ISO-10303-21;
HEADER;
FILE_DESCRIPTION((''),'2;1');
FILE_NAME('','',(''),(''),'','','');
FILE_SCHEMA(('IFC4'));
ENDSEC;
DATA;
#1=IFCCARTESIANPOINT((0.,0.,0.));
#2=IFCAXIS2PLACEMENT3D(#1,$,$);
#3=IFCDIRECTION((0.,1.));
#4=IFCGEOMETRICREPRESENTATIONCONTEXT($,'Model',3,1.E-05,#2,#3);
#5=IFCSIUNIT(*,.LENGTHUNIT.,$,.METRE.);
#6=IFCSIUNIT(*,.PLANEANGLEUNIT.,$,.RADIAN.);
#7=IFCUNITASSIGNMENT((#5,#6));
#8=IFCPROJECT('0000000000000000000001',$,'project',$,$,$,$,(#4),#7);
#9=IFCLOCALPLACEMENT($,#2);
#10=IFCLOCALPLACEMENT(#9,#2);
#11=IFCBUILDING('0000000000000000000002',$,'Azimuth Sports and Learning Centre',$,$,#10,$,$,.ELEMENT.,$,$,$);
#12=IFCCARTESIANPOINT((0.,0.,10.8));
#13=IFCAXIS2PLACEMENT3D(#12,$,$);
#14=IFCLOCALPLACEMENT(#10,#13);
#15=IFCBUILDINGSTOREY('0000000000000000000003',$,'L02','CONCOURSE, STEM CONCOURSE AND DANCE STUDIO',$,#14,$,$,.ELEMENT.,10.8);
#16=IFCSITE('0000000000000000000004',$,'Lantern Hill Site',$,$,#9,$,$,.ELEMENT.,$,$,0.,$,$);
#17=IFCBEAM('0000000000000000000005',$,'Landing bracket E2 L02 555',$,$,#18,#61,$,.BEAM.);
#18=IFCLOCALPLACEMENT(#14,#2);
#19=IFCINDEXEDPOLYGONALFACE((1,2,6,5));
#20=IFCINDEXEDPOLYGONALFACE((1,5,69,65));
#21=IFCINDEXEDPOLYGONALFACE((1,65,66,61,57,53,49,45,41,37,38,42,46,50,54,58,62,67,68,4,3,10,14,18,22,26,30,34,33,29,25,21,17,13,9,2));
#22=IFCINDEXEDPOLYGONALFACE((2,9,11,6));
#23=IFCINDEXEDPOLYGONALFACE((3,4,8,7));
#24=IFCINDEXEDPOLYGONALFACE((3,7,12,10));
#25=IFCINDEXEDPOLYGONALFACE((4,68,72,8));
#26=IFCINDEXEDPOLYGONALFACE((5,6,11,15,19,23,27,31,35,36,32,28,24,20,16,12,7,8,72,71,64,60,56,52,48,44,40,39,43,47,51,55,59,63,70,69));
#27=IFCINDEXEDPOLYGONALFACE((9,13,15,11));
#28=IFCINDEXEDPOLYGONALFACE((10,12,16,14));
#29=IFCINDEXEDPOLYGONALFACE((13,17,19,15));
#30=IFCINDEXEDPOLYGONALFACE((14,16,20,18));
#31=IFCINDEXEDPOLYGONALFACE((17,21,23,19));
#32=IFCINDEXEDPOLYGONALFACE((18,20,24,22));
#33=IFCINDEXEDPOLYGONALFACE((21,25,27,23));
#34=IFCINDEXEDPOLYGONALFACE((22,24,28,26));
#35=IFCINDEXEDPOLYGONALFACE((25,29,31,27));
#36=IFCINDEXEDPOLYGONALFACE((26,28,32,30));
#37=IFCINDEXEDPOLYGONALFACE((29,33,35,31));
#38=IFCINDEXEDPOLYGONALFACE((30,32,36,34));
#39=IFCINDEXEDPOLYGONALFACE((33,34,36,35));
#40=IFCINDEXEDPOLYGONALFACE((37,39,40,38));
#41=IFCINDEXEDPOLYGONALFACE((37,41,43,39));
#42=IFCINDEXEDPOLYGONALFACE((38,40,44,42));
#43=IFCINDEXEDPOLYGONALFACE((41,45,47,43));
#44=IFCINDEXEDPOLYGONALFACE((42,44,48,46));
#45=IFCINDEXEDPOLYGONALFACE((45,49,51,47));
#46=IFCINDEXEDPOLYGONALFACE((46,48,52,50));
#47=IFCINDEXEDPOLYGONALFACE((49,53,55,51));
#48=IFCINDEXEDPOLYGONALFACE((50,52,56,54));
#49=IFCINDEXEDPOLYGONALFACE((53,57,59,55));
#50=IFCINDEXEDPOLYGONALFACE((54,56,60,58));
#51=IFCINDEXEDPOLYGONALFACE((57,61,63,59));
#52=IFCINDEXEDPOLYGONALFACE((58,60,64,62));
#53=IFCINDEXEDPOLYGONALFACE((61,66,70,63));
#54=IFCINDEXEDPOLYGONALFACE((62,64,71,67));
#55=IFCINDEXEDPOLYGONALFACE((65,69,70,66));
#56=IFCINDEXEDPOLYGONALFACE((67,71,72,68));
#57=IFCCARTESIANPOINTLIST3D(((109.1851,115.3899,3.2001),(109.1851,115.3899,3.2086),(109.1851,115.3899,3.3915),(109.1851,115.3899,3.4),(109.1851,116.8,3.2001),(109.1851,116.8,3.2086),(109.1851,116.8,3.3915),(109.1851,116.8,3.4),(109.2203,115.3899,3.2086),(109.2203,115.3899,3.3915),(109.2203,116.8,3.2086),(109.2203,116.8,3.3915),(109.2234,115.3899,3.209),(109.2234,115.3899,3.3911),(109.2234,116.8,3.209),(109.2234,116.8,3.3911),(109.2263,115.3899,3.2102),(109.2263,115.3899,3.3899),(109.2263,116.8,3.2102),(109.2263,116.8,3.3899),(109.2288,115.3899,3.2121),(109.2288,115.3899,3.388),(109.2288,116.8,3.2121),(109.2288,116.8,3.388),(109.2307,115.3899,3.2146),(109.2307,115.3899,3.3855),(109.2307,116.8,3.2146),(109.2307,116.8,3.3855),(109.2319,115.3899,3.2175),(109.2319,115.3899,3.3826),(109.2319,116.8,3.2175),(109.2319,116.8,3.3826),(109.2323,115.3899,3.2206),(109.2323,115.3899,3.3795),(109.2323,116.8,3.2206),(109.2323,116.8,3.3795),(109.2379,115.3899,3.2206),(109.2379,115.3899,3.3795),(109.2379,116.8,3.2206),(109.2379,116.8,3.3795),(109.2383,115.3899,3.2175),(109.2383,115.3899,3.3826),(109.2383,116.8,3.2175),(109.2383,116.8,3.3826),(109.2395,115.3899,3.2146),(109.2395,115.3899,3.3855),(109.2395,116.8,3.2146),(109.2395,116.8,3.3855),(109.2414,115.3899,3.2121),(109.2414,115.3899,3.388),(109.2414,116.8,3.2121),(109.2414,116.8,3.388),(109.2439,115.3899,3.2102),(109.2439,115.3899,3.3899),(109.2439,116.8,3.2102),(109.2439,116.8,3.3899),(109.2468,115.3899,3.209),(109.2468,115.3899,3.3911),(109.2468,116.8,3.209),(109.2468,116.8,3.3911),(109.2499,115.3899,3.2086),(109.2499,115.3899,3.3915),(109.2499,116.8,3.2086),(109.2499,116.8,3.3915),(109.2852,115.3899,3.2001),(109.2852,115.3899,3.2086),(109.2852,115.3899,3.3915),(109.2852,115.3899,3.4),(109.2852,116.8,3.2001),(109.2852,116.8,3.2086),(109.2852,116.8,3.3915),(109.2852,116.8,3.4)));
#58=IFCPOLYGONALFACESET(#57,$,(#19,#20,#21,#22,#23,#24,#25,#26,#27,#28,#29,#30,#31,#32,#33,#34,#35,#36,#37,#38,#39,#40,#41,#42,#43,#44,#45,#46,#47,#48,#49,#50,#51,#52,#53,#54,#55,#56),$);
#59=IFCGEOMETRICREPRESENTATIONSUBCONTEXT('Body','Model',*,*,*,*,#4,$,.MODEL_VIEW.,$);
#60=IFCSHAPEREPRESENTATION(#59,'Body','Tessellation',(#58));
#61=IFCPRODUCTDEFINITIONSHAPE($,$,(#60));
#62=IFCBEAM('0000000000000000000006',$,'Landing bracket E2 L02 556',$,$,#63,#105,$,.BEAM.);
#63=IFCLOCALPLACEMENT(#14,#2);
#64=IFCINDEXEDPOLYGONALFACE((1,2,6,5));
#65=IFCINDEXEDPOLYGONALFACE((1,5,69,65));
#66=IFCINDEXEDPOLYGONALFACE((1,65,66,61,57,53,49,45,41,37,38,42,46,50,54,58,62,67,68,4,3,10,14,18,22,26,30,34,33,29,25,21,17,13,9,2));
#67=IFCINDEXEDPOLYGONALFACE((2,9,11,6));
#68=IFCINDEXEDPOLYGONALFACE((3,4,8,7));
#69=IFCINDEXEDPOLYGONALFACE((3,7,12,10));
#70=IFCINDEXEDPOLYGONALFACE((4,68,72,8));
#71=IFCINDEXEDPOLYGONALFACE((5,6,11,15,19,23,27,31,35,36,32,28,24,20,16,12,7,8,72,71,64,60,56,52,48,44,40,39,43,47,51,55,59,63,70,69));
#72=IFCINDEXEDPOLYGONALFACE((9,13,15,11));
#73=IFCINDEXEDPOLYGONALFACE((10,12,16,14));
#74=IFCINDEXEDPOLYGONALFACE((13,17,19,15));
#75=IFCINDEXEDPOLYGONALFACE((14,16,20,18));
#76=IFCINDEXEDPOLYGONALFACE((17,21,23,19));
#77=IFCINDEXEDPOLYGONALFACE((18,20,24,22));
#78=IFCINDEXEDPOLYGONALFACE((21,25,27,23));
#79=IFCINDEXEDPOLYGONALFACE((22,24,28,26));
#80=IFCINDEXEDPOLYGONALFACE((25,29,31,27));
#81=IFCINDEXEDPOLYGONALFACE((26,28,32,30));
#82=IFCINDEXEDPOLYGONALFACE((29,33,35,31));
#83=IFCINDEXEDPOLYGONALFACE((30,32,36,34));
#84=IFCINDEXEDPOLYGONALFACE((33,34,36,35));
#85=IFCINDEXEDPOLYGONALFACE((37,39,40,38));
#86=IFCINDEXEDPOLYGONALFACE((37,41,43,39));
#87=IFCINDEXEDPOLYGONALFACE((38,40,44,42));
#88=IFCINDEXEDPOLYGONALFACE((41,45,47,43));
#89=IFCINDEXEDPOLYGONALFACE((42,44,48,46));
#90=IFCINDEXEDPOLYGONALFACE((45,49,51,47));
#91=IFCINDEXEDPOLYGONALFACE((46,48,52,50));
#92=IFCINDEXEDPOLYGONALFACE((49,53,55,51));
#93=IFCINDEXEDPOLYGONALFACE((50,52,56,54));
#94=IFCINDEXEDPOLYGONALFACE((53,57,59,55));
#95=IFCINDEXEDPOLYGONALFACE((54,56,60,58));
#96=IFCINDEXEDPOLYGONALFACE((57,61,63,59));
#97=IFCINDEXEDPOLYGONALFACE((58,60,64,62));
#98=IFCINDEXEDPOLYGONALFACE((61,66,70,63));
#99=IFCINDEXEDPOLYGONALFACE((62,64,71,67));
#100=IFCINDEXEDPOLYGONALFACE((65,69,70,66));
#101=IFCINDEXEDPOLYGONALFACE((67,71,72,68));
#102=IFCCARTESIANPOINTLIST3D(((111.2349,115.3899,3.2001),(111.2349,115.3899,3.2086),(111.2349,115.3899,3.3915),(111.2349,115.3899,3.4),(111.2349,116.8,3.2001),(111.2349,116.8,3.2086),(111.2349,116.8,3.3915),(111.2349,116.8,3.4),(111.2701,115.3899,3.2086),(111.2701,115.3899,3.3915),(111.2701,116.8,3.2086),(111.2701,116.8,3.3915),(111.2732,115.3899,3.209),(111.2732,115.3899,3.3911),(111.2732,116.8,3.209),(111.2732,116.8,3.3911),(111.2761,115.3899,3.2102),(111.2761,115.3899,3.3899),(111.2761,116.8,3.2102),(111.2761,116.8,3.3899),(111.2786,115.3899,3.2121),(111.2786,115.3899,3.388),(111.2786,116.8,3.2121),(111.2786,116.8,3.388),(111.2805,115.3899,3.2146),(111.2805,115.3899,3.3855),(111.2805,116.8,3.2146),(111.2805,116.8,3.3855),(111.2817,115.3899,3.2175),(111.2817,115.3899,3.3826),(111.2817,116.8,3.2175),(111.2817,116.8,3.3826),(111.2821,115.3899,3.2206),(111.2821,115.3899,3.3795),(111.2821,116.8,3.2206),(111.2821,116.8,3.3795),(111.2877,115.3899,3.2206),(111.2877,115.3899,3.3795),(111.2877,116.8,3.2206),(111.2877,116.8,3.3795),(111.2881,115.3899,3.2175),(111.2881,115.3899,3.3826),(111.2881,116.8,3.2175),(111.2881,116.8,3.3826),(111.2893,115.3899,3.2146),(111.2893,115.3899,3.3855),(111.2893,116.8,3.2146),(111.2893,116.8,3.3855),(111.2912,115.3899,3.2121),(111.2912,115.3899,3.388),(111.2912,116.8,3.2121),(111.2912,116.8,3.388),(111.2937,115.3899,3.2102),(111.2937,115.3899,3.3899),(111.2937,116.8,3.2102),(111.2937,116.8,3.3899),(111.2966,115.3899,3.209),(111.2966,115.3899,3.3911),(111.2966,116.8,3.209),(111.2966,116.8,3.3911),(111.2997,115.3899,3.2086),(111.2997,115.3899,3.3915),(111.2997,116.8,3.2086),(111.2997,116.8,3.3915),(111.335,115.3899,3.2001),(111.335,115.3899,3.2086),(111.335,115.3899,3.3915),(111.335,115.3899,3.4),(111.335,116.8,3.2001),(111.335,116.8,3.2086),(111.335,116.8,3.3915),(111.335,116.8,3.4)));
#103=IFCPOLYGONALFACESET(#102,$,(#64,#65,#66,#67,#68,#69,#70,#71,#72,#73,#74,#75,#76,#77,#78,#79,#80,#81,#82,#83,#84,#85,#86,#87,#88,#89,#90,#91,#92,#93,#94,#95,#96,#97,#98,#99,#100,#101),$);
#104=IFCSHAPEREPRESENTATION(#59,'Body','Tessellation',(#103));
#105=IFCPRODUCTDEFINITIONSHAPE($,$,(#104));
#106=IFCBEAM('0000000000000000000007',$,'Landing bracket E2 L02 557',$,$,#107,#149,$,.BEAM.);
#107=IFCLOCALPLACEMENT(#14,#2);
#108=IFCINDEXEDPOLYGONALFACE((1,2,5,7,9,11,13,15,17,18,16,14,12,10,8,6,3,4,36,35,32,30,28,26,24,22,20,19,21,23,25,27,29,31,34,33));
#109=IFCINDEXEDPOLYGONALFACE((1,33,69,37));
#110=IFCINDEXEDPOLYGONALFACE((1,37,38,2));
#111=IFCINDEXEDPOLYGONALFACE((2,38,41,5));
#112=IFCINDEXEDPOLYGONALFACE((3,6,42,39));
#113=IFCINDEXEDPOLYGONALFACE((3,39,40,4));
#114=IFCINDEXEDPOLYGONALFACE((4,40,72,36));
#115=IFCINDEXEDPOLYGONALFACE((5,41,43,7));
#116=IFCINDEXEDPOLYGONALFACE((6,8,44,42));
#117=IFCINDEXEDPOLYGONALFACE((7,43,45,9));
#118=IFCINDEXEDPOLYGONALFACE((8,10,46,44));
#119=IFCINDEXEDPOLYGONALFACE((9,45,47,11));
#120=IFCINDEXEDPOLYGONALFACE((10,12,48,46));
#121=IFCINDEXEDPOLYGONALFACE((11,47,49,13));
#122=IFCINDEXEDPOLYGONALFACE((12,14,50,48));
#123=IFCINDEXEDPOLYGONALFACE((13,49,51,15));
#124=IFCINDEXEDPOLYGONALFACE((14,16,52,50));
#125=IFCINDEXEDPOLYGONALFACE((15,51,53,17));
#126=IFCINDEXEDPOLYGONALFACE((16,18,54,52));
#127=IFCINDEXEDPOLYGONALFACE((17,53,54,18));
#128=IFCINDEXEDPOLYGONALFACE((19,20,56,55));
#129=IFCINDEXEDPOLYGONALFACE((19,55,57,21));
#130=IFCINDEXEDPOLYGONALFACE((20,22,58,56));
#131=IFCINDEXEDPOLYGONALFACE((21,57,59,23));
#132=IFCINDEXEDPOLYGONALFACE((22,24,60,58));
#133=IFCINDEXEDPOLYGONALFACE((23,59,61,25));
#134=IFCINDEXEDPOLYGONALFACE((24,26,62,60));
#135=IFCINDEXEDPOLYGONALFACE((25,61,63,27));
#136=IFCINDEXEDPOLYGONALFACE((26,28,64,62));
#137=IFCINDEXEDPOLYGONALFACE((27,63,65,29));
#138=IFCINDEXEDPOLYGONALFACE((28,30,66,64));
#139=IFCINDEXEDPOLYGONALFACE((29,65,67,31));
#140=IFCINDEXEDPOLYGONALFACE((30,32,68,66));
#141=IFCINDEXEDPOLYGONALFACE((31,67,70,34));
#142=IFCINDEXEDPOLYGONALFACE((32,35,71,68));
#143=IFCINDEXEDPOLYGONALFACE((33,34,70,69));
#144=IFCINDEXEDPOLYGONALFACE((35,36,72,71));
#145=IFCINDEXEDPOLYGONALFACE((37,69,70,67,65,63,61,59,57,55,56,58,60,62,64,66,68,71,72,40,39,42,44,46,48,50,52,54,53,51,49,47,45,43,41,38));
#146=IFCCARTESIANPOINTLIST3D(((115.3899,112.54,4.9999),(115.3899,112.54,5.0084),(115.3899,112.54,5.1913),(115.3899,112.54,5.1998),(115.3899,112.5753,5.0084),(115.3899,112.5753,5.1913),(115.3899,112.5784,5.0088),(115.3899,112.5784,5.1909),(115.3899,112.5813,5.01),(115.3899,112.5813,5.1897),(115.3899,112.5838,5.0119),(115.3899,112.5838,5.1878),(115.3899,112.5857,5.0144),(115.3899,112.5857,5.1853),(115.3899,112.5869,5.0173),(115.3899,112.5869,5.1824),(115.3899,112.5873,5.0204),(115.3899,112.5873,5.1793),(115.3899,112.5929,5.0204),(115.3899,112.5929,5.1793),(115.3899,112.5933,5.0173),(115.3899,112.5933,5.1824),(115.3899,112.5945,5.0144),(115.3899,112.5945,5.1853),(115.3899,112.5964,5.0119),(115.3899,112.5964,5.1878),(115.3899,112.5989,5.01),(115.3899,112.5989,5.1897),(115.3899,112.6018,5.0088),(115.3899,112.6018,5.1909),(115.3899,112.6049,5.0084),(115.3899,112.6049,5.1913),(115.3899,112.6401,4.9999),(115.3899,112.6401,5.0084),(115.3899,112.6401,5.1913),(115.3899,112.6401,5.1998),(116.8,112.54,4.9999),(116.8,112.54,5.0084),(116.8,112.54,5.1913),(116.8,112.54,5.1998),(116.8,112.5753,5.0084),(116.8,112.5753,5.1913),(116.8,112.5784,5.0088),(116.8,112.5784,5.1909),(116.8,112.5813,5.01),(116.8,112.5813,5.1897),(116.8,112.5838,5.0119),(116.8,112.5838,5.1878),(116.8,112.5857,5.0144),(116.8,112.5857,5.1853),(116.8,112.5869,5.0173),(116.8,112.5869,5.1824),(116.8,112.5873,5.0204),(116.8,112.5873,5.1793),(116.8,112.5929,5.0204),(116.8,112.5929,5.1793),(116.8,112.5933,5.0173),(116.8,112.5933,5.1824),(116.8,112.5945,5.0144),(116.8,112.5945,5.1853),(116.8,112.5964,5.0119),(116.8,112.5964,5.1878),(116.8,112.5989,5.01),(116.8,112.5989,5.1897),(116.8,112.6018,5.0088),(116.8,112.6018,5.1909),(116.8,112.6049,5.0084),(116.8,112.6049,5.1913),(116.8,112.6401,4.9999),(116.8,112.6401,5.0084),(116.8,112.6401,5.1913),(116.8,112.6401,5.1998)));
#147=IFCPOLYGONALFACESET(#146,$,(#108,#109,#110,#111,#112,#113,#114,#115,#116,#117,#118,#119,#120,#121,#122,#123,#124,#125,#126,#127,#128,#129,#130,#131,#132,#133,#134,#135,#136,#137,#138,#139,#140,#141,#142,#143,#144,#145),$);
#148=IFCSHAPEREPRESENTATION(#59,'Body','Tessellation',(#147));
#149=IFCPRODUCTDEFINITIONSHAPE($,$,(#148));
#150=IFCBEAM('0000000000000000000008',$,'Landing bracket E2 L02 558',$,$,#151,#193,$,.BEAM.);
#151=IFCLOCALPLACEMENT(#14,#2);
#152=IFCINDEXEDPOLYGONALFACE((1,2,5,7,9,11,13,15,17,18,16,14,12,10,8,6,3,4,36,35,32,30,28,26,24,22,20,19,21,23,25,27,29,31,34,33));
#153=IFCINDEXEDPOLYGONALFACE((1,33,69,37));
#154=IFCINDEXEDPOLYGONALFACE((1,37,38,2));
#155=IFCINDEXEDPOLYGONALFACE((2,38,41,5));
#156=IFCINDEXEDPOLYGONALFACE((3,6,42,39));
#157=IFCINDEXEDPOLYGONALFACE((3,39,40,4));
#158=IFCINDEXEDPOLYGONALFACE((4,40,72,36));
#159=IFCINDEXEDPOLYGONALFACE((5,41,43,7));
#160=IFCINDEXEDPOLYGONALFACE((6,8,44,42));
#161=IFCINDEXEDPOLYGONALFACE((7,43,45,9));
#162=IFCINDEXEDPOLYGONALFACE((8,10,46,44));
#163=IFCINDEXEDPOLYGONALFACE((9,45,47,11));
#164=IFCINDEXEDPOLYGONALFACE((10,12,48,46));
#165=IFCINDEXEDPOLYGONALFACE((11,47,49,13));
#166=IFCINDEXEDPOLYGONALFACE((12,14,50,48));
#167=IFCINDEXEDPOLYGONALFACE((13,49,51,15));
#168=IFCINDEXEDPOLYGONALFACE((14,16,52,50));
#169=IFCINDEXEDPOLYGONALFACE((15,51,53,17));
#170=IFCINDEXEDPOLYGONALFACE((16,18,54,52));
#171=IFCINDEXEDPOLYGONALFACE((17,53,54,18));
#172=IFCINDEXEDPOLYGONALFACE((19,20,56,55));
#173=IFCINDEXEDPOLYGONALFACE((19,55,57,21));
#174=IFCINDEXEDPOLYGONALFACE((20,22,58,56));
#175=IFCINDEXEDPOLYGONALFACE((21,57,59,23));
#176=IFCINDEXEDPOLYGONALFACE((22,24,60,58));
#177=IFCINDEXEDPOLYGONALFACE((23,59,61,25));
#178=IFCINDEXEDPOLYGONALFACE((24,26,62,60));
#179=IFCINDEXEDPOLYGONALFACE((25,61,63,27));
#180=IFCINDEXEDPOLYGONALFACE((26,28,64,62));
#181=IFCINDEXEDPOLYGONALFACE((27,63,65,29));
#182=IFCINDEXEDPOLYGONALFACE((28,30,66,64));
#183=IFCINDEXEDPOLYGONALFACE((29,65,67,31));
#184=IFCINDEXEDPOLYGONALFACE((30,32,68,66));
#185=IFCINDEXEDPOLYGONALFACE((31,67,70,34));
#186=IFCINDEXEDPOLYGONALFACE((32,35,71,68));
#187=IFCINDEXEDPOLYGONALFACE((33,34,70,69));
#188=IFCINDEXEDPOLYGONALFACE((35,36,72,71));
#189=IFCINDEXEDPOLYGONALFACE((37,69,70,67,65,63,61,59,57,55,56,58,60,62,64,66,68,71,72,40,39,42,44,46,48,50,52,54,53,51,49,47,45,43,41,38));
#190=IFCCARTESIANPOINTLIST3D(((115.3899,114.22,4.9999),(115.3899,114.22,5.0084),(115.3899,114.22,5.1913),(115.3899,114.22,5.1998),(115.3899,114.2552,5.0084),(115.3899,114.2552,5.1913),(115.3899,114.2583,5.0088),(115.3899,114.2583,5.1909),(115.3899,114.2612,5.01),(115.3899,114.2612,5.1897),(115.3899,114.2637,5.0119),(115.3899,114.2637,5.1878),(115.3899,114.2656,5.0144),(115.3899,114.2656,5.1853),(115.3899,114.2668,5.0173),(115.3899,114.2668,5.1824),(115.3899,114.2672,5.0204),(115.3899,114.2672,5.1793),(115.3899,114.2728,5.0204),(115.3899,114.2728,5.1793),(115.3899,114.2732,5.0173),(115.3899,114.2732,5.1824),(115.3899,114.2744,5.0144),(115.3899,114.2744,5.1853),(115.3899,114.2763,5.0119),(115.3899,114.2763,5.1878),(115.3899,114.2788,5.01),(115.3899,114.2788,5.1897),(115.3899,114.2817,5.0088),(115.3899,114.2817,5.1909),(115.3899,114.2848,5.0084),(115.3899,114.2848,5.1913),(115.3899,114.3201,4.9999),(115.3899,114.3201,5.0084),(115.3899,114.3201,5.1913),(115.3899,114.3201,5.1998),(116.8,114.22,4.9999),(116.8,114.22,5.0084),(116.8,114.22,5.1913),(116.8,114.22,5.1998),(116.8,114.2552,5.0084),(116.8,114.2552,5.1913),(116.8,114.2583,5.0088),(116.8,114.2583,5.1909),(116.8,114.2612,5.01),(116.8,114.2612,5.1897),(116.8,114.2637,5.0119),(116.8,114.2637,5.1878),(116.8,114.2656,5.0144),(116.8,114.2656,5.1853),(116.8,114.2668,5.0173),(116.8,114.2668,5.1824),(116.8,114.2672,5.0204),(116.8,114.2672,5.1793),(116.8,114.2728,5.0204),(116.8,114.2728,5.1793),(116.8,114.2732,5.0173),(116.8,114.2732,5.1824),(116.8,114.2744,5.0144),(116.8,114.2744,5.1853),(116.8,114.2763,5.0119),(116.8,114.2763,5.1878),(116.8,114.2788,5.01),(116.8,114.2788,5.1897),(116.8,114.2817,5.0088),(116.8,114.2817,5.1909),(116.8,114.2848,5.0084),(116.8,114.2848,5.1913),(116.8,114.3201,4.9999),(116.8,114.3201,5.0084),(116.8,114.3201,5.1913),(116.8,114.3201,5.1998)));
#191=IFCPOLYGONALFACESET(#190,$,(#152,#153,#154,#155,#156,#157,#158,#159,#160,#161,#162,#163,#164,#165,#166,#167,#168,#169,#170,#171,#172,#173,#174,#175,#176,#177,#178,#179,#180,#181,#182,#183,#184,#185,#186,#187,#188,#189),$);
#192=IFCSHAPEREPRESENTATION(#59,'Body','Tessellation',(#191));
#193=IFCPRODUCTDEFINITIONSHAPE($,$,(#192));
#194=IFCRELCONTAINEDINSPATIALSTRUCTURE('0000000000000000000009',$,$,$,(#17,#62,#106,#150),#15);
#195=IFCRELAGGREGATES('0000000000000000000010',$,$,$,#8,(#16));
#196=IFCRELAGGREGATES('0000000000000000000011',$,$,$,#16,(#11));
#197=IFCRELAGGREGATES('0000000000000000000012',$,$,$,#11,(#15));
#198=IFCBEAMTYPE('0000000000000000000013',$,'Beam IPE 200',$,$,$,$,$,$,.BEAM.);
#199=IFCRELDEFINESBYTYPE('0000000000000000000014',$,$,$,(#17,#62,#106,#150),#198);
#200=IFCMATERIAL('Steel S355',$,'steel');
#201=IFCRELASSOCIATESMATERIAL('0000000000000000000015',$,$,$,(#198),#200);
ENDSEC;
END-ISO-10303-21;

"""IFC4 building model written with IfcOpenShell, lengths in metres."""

from ifc_helpers import new_model, si_unit, direction, frame, origin, origin_2d, place, context, subcontext, project, spatial, i_section, extrude, material, material_profile, profile_set, type_object, element, save


model = new_model("IFC4")

# Units and contexts
model_context = context("Model", 3, precision=1e-05, world=origin(), true_north=direction((0.0, 1.0)))
body_context = subcontext(model_context, "Body", "Model", "MODEL_VIEW")
ifc_project = project(units=[si_unit("LENGTHUNIT", "METRE"), si_unit("PLANEANGLEUNIT", "RADIAN")], contexts=[model_context])

# Site, building, storey
site_placement = place(None, origin())
site = spatial("IfcSite", under=ifc_project, at=site_placement, Name="Lantern Hill Site", CompositionType="ELEMENT", RefElevation=0.0)
building_placement = place(site_placement, origin())
building = spatial("IfcBuilding", under=site, at=building_placement, Name="Azimuth Sports and Learning Centre", CompositionType="ELEMENT")
storey_placement = place(building_placement, frame((0.0, 0.0, 10.8)))
storey = spatial("IfcBuildingStorey", under=building, at=storey_placement, Name="L02", Description="CONCOURSE, STEM CONCOURSE AND DANCE STUDIO", CompositionType="ELEMENT", Elevation=10.8)

# Beams
ifc_material_1 = material(Name="Steel S355", Category="steel")
ifc_material_profile = material_profile(ifc_material_1, i_section(OverallWidth=0.1001, OverallDepth=0.2, WebThickness=0.0056, FlangeThickness=0.0085, FilletRadius=0.012, at=origin_2d()), Name="IPE 200")
ifc_profile_set = profile_set([ifc_material_profile], Name="Steel S355")
beam_type = type_object("IfcBeamType", Name="Beam IPE 200", PredefinedType="BEAM", material=ifc_profile_set)
for number, where, z_axis, x_axis, name in (
    (1, (109.2351, 116.8, 3.3), (0.0, -1.0, 0.0), (1.0, 0.0, 0.0), "Landing bracket E2 L02 555"),
    (2, (111.2849, 116.8, 3.3), (0.0, -1.0, 0.0), (1.0, 0.0, 0.0), "Landing bracket E2 L02 556"),
    (3, (116.8, 112.5901, 5.0999), (-1.0, 0.0, 0.0), (0.0, -1.0, 0.0), "Landing bracket E2 L02 557"),
    (4, (116.8, 114.27, 5.0999), (-1.0, 0.0, 0.0), (0.0, -1.0, 0.0), "Landing bracket E2 L02 558"),
):
    element("IfcBeam", number, at=place(storey_placement, frame(where, z_axis=z_axis, x_axis=x_axis)), inside=storey, type_object=beam_type, Name=name, PredefinedType="BEAM", context=body_context, shape_type="SweptSolid", body=[
        extrude(i_section(OverallWidth=0.1001, OverallDepth=0.2, WebThickness=0.0056, FlangeThickness=0.0085, FilletRadius=0.012, at=origin_2d()), origin(), (0.0, 0.0, 1.0), 1.4102),
    ])

save(model, "model.ifc")
